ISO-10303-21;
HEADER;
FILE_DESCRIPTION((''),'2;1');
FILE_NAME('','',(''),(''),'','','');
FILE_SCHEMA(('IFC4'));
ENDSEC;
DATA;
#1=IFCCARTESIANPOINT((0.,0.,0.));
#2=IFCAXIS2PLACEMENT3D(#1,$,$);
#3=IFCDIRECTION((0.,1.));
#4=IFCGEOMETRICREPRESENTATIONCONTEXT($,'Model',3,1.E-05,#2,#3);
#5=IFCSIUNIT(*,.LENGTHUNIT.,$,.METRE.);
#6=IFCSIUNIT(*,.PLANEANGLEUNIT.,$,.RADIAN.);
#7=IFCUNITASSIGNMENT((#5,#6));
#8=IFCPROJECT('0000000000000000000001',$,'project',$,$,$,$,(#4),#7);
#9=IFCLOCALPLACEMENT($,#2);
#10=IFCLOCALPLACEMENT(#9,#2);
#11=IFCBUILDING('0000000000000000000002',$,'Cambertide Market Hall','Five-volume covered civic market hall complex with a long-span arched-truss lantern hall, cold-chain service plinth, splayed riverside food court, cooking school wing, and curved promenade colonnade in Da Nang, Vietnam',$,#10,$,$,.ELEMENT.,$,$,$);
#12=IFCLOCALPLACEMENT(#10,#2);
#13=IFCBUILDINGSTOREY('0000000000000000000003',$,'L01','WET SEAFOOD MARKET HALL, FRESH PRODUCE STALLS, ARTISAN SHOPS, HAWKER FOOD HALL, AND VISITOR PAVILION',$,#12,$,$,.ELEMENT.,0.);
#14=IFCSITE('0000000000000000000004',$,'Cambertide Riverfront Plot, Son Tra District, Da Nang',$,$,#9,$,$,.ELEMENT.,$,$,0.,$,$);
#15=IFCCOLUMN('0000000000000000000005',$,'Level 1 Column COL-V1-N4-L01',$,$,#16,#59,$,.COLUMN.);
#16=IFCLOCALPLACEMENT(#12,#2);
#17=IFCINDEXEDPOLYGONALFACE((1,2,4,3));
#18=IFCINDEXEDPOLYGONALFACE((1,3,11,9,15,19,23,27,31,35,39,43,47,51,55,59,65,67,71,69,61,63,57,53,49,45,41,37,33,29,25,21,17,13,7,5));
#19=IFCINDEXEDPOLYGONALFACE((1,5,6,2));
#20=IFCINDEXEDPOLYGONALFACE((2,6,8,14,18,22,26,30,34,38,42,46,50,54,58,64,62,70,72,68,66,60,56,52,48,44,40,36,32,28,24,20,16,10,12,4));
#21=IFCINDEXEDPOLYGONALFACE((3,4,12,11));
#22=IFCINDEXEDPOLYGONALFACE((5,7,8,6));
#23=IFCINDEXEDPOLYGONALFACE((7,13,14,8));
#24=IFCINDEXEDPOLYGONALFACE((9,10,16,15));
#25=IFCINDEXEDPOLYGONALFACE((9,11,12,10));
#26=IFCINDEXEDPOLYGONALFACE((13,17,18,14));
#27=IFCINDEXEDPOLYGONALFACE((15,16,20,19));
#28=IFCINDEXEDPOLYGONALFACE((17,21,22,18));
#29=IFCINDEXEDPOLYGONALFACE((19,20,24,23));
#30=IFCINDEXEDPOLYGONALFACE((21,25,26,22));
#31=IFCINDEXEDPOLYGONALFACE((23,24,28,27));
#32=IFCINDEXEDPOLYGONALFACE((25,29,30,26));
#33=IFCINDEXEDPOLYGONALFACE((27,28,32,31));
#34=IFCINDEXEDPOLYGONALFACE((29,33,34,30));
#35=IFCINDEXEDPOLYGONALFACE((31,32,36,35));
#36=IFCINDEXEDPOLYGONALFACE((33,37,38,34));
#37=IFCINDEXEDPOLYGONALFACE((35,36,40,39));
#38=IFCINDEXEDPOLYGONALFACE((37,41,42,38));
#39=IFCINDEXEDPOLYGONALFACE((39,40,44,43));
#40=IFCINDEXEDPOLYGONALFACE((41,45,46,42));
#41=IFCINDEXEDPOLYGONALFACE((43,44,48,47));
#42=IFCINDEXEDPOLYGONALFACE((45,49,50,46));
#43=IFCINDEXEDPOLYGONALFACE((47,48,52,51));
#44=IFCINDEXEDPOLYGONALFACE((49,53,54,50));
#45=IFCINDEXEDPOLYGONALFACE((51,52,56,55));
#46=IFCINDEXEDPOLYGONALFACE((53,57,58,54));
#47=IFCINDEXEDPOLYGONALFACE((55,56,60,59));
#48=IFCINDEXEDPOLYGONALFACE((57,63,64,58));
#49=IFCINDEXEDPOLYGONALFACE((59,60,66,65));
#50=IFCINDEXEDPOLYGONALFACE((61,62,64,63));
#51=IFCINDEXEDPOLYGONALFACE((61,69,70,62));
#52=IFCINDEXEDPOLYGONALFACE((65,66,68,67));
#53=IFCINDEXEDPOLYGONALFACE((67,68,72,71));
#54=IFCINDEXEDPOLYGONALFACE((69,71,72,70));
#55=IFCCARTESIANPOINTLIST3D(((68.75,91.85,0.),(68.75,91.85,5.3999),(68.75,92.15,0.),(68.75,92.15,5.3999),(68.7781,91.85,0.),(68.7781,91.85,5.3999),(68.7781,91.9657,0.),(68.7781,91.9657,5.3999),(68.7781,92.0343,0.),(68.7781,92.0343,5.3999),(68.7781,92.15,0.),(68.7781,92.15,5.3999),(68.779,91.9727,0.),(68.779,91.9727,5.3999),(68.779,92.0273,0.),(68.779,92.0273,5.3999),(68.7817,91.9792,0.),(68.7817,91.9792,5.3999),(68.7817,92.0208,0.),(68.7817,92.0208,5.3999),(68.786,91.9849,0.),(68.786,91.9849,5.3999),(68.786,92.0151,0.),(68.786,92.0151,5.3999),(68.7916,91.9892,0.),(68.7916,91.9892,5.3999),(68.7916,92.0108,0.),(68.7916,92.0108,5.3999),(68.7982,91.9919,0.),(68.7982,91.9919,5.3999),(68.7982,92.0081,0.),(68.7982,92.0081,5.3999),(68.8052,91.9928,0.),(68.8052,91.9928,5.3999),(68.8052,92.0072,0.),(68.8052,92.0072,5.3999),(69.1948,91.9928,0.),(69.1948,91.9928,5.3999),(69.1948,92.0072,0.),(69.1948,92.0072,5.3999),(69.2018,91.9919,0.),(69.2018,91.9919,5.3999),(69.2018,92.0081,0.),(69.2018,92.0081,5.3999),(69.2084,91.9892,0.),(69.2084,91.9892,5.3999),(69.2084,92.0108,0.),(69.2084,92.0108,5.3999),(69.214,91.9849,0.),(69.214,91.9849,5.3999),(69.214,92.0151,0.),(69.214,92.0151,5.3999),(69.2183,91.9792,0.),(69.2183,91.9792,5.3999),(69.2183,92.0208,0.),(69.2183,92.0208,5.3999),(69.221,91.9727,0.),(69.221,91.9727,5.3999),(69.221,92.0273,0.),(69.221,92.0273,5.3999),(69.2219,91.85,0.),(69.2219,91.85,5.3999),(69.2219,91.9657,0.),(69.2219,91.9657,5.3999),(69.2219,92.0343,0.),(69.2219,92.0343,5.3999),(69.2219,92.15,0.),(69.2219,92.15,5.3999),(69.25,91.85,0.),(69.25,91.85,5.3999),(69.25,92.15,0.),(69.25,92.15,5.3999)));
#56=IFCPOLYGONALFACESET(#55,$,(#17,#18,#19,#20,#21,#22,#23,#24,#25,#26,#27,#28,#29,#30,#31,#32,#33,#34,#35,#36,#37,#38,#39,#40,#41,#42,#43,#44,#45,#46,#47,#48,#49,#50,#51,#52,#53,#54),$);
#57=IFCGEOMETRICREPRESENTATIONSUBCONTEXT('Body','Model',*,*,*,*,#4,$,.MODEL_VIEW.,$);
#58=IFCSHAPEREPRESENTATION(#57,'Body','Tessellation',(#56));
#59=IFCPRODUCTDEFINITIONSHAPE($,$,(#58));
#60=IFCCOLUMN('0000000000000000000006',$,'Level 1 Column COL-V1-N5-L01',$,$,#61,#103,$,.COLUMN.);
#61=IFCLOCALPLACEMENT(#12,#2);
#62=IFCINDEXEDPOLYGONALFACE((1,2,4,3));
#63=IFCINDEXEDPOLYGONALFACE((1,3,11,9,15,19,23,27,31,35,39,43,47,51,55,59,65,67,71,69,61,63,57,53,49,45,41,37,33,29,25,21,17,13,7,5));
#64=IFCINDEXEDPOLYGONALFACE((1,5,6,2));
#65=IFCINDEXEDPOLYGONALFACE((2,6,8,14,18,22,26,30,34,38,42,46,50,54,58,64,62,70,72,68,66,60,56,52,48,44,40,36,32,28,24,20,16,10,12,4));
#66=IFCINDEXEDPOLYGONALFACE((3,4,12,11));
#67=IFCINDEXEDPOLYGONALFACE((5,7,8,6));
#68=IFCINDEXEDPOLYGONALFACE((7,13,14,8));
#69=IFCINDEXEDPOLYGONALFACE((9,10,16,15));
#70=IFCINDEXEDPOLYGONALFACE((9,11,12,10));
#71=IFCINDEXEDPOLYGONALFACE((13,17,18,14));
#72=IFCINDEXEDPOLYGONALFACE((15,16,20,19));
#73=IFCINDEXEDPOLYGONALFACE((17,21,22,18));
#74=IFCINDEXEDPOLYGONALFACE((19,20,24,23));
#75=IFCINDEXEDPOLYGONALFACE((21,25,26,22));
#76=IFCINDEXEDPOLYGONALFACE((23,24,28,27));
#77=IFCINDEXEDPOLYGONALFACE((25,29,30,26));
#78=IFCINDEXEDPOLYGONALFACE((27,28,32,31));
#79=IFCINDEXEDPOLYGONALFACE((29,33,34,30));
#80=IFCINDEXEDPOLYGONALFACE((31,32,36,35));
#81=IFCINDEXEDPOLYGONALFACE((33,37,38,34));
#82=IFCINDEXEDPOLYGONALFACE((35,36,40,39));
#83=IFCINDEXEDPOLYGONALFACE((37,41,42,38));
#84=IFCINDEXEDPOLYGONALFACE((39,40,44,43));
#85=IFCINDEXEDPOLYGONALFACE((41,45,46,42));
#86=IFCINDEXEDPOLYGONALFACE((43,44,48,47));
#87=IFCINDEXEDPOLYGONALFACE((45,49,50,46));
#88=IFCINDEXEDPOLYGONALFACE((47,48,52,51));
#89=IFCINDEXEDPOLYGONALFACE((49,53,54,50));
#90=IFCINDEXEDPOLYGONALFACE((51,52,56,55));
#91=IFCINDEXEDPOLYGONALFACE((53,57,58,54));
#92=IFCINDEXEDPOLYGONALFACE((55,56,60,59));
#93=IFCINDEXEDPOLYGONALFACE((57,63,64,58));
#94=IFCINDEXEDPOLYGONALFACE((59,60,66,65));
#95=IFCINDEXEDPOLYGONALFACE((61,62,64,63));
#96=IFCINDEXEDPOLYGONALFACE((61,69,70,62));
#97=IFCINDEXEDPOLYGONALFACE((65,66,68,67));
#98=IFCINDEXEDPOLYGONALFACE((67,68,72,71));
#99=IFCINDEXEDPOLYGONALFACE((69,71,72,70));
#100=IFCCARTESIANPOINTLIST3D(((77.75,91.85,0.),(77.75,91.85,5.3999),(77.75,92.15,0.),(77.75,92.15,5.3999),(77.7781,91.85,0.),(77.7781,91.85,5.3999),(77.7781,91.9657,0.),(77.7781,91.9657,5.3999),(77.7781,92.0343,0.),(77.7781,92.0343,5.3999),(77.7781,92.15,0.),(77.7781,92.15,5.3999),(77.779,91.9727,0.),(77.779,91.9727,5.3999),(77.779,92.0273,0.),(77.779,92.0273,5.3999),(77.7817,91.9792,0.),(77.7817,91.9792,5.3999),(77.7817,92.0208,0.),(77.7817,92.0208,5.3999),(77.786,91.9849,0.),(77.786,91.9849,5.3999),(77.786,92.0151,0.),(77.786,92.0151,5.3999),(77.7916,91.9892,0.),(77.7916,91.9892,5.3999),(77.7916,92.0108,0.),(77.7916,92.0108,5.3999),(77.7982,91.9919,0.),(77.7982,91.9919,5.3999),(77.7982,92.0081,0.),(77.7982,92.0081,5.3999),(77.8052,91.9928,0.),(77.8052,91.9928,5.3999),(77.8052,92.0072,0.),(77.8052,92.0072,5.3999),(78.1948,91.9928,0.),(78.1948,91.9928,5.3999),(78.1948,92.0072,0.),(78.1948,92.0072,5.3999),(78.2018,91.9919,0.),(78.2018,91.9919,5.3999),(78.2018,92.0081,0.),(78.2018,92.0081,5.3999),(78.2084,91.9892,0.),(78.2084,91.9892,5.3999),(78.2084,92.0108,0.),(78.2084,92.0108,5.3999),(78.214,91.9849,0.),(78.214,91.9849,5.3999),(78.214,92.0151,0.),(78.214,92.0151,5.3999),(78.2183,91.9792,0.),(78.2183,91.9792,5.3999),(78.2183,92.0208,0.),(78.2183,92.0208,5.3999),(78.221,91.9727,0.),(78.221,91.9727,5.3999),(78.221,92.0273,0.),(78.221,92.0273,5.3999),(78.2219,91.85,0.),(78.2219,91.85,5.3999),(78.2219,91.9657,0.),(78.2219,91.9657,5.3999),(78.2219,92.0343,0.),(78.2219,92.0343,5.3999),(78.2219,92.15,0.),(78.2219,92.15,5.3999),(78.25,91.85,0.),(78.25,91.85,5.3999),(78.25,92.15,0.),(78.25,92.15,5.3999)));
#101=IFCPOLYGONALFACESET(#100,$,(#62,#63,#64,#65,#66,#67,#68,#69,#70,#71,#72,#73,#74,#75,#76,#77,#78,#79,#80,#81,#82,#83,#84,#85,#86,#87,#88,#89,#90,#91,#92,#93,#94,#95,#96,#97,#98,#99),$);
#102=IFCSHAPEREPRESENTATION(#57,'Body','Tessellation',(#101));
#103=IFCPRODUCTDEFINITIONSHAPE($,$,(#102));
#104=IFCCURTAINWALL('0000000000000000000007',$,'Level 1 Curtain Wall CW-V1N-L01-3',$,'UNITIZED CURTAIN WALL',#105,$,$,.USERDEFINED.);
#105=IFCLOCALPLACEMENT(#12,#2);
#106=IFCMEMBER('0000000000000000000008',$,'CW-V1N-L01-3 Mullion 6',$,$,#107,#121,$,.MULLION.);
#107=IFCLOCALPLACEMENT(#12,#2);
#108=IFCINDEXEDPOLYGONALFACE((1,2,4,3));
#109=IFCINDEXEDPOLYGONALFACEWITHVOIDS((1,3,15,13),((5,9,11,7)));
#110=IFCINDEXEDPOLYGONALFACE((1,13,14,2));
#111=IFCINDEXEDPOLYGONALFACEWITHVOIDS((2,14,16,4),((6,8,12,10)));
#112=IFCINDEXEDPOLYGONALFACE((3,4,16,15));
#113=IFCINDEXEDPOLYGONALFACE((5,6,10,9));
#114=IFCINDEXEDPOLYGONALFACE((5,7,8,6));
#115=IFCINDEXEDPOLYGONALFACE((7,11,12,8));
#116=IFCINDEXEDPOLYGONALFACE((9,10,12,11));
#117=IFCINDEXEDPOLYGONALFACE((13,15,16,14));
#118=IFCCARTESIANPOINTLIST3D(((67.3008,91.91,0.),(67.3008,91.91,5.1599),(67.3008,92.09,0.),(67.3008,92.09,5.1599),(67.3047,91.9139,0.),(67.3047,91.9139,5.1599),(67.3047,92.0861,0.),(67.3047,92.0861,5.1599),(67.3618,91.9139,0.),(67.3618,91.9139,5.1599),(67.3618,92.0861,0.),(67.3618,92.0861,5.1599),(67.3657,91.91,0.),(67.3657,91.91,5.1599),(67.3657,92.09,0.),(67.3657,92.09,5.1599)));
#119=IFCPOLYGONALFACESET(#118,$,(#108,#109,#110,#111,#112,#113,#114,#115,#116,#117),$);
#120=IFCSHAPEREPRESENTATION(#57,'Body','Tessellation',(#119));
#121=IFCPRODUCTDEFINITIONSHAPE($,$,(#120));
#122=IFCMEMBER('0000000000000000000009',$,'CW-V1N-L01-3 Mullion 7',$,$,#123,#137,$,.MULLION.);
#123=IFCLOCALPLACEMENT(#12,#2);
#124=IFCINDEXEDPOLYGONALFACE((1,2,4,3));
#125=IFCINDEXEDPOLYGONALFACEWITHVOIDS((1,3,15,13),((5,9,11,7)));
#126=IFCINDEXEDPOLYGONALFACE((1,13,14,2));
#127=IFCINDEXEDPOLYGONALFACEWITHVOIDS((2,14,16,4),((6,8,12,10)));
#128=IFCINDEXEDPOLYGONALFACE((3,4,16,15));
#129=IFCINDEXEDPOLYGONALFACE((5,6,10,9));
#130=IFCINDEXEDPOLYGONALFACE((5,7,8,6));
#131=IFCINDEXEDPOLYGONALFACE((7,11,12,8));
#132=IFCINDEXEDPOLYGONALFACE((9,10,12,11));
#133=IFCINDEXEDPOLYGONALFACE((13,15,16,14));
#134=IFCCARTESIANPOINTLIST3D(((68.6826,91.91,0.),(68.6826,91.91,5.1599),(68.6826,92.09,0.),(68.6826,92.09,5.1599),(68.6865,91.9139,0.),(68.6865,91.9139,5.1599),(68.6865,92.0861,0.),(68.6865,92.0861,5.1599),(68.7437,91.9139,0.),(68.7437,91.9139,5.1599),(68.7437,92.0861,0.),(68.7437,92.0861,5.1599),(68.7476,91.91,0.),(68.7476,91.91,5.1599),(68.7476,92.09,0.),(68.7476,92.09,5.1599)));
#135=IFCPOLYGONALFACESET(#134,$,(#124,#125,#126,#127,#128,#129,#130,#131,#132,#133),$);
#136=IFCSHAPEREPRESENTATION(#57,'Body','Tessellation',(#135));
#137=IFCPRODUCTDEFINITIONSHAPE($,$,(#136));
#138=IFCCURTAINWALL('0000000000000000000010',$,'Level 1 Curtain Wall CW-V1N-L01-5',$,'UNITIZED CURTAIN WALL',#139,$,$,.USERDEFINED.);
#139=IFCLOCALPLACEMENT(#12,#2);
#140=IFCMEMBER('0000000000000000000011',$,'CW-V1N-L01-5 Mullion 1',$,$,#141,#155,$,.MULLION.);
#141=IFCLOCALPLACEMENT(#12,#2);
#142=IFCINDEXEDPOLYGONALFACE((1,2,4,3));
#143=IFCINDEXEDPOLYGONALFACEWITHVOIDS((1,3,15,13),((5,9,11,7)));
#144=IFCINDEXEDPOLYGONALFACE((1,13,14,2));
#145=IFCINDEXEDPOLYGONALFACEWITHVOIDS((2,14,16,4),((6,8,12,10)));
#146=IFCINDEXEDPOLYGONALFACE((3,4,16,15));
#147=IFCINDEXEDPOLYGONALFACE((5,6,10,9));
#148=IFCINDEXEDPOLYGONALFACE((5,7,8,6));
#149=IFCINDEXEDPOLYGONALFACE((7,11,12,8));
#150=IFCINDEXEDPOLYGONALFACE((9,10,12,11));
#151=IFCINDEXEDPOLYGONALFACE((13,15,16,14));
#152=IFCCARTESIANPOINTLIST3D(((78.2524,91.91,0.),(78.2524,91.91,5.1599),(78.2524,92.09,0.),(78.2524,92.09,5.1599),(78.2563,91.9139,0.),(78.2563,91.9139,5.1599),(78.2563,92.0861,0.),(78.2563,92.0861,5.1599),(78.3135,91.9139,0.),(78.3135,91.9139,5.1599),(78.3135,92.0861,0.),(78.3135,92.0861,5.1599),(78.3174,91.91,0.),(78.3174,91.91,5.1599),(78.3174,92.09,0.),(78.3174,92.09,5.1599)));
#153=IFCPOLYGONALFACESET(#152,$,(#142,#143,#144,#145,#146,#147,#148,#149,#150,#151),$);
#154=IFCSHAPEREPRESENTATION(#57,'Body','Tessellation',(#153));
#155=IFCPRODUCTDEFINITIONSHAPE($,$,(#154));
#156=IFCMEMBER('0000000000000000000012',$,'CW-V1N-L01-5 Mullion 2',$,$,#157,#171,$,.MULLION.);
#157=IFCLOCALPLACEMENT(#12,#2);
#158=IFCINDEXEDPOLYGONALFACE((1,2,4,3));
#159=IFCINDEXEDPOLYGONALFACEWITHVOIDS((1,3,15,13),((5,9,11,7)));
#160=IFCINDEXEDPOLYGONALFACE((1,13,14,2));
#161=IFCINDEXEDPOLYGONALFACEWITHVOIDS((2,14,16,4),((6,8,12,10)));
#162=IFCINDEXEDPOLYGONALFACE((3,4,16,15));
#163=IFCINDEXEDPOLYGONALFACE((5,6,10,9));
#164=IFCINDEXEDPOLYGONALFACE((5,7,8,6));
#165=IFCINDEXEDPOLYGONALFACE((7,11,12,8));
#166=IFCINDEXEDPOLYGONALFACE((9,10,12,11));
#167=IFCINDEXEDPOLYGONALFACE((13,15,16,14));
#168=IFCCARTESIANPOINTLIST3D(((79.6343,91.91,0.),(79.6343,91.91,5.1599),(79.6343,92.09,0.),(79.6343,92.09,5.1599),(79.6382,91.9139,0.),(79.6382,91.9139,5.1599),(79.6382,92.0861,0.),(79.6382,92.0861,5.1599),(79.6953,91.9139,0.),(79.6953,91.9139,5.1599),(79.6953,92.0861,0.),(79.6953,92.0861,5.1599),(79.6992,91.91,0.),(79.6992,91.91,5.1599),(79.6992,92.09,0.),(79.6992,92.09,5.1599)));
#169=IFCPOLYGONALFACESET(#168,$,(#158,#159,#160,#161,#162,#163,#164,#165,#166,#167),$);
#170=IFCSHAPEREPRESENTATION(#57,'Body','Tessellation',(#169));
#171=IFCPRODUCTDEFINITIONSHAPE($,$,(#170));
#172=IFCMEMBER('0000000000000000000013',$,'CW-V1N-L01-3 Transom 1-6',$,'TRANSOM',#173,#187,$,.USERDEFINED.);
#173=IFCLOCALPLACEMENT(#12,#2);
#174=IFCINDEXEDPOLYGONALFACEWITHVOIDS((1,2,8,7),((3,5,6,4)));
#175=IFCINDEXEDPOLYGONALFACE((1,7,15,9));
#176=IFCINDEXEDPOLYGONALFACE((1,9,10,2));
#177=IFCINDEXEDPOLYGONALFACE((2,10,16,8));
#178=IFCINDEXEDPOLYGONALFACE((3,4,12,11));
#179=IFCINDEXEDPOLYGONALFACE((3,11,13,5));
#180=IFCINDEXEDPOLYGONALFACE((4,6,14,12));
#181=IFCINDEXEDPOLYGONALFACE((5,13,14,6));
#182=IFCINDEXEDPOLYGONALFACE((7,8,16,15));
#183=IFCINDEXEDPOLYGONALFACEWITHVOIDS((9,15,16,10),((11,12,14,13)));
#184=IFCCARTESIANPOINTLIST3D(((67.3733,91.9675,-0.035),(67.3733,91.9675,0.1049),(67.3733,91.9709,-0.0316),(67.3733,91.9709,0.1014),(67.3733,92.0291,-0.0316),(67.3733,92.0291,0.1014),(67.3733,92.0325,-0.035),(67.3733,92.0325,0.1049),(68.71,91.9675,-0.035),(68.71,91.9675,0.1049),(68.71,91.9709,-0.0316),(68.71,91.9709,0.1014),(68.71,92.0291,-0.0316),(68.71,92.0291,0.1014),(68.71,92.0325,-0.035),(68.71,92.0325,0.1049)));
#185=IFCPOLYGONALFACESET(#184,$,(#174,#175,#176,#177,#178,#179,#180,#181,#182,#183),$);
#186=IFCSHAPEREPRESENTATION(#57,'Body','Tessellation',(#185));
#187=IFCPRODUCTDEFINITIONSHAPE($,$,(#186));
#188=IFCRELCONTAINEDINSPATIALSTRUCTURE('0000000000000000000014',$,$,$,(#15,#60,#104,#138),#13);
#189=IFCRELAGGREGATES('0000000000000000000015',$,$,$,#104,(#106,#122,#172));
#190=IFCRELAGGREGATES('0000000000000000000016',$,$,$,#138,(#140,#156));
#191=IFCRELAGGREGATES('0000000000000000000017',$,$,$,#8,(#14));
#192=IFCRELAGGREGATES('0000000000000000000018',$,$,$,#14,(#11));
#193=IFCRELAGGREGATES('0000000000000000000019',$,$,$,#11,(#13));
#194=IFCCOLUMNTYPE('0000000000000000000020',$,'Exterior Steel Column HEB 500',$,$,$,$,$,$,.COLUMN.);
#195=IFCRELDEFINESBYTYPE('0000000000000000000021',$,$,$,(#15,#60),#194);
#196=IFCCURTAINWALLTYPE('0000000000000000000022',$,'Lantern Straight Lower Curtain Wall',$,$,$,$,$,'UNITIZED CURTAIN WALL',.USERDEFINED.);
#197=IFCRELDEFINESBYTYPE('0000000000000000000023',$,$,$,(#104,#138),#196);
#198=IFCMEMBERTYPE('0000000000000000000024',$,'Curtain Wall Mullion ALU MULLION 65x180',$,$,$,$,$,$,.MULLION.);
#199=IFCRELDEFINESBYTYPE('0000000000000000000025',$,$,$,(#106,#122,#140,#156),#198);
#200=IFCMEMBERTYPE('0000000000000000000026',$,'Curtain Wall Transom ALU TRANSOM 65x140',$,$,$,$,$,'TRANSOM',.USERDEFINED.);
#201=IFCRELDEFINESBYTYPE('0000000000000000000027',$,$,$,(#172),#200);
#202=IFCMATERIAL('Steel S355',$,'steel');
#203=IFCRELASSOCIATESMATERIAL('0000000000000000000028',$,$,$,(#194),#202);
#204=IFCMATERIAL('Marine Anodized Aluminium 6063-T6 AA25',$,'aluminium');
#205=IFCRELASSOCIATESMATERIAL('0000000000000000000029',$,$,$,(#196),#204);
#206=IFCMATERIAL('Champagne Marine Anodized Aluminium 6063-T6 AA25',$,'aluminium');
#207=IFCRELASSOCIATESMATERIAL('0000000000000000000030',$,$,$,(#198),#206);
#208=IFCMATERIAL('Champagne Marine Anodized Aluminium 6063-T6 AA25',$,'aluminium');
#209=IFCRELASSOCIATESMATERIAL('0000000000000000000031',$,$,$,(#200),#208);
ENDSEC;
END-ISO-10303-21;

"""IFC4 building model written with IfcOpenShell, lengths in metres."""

from ifc_helpers import new_model, si_unit, direction, frame, origin, origin_2d, place, context, subcontext, project, spatial, hollow_rectangle, i_section, extrude, material, material_profile, profile_set, type_object, element, aggregate, save


model = new_model("IFC4")

# Units and contexts
model_context = context("Model", 3, precision=1e-05, world=origin(), true_north=direction((0.0, 1.0)))
body_context = subcontext(model_context, "Body", "Model", "MODEL_VIEW")
ifc_project = project(units=[si_unit("LENGTHUNIT", "METRE"), si_unit("PLANEANGLEUNIT", "RADIAN")], contexts=[model_context])

# Site, building, storey
site_placement = place(None, origin())
site = spatial("IfcSite", under=ifc_project, at=site_placement, Name="Cambertide Riverfront Plot, Son Tra District, Da Nang", CompositionType="ELEMENT", RefElevation=0.0)
building_placement = place(site_placement, origin())
building = spatial("IfcBuilding", under=site, at=building_placement, Name="Cambertide Market Hall", Description="Five-volume covered civic market hall complex with a long-span arched-truss lantern hall, cold-chain service plinth, splayed riverside food court, cooking school wing, and curved promenade colonnade in Da Nang, Vietnam", CompositionType="ELEMENT")
storey_placement = place(building_placement, origin())
storey = spatial("IfcBuildingStorey", under=building, at=storey_placement, Name="L01", Description="WET SEAFOOD MARKET HALL, FRESH PRODUCE STALLS, ARTISAN SHOPS, HAWKER FOOD HALL, AND VISITOR PAVILION", CompositionType="ELEMENT", Elevation=0.0)

# Columns
ifc_material_1 = material(Name="Steel S355", Category="steel")
ifc_material_profile_1 = material_profile(ifc_material_1, i_section(OverallWidth=0.3, OverallDepth=0.5, WebThickness=0.0144, FlangeThickness=0.0281, FilletRadius=0.0271, at=origin_2d()), Name="HEB 500")
ifc_profile_set_1 = profile_set([ifc_material_profile_1], Name="Steel S355")
column_type = type_object("IfcColumnType", Name="Exterior Steel Column HEB 500", PredefinedType="COLUMN", material=ifc_profile_set_1)
for number, where, z_axis, x_axis, name in (
    (1, (69.0, 92.0, 0.0), (0.0, 0.0, 1.0), (0.0, 1.0, 0.0), "Level 1 Column COL-V1-N4-L01"),
    (2, (78.0, 92.0, 0.0), (0.0, 0.0, 1.0), (0.0, 1.0, 0.0), "Level 1 Column COL-V1-N5-L01"),
):
    element("IfcColumn", number, at=place(storey_placement, frame(where, z_axis=z_axis, x_axis=x_axis)), inside=storey, type_object=column_type, Name=name, PredefinedType="COLUMN", context=body_context, shape_type="SweptSolid", body=[
        extrude(i_section(OverallWidth=0.3, OverallDepth=0.5, WebThickness=0.0144, FlangeThickness=0.0281, FilletRadius=0.0271, at=origin_2d()), origin(), (0.0, 0.0, 1.0), 5.3999),
    ])

# Curtain walls, members
ifc_material_2 = material(Name="Marine Anodized Aluminium 6063-T6 AA25", Category="aluminium")
curtain_wall_type = type_object("IfcCurtainWallType", Name="Lantern Straight Lower Curtain Wall", ElementType="UNITIZED CURTAIN WALL", PredefinedType="USERDEFINED", material=ifc_material_2)
curtain_wall_1_placement = place(storey_placement, origin())
curtain_wall_1 = element("IfcCurtainWall", 3, at=curtain_wall_1_placement, inside=storey, type_object=curtain_wall_type, Name="Level 1 Curtain Wall CW-V1N-L01-3", ObjectType="UNITIZED CURTAIN WALL", PredefinedType="USERDEFINED")
ifc_material_3 = material(Name="Champagne Marine Anodized Aluminium 6063-T6 AA25", Category="aluminium")
ifc_material_profile_2 = material_profile(ifc_material_3, hollow_rectangle(XDim=0.0649, YDim=0.1799, WallThickness=0.0039, at=origin_2d()), Name="ALU MULLION 65x180")
ifc_profile_set_2 = profile_set([ifc_material_profile_2], Name="Champagne Marine Anodized Aluminium 6063-T6 AA25")
member_type_1 = type_object("IfcMemberType", Name="Curtain Wall Mullion ALU MULLION 65x180", PredefinedType="MULLION", material=ifc_profile_set_2)
member_1_placement = place(storey_placement, frame((67.3333, 92.0, 0.0), z_axis=(0.0, 0.0, 1.0), x_axis=(1.0, 0.0, 0.0)))
member_1 = element("IfcMember", 4, at=member_1_placement, type_object=member_type_1, Name="CW-V1N-L01-3 Mullion 6", PredefinedType="MULLION", context=body_context, shape_type="SweptSolid", body=[
    extrude(hollow_rectangle(XDim=0.0649, YDim=0.1799, WallThickness=0.0039, at=origin_2d()), origin(), (0.0, 0.0, 1.0), 5.1599),
])
member_2_placement = place(storey_placement, frame((68.7151, 92.0, 0.0), z_axis=(0.0, 0.0, 1.0), x_axis=(1.0, 0.0, 0.0)))
member_2 = element("IfcMember", 5, at=member_2_placement, type_object=member_type_1, Name="CW-V1N-L01-3 Mullion 7", PredefinedType="MULLION", context=body_context, shape_type="SweptSolid", body=[
    extrude(hollow_rectangle(XDim=0.0649, YDim=0.1799, WallThickness=0.0039, at=origin_2d()), origin(), (0.0, 0.0, 1.0), 5.1599),
])
curtain_wall_2_placement = place(storey_placement, origin())
curtain_wall_2 = element("IfcCurtainWall", 6, at=curtain_wall_2_placement, inside=storey, type_object=curtain_wall_type, Name="Level 1 Curtain Wall CW-V1N-L01-5", ObjectType="UNITIZED CURTAIN WALL", PredefinedType="USERDEFINED")
member_3_placement = place(storey_placement, frame((78.2849, 92.0, 0.0), z_axis=(0.0, 0.0, 1.0), x_axis=(1.0, 0.0, 0.0)))
member_3 = element("IfcMember", 7, at=member_3_placement, type_object=member_type_1, Name="CW-V1N-L01-5 Mullion 1", PredefinedType="MULLION", context=body_context, shape_type="SweptSolid", body=[
    extrude(hollow_rectangle(XDim=0.0649, YDim=0.1799, WallThickness=0.0039, at=origin_2d()), origin(), (0.0, 0.0, 1.0), 5.1599),
])
member_4_placement = place(storey_placement, frame((79.6667, 92.0, 0.0), z_axis=(0.0, 0.0, 1.0), x_axis=(1.0, 0.0, 0.0)))
member_4 = element("IfcMember", 8, at=member_4_placement, type_object=member_type_1, Name="CW-V1N-L01-5 Mullion 2", PredefinedType="MULLION", context=body_context, shape_type="SweptSolid", body=[
    extrude(hollow_rectangle(XDim=0.0649, YDim=0.1799, WallThickness=0.0039, at=origin_2d()), origin(), (0.0, 0.0, 1.0), 5.1599),
])

# Member
ifc_material_4 = material(Name="Champagne Marine Anodized Aluminium 6063-T6 AA25", Category="aluminium")
ifc_material_profile_3 = material_profile(ifc_material_4, hollow_rectangle(XDim=0.0649, YDim=0.1399, WallThickness=0.0034, at=origin_2d()), Name="ALU TRANSOM 65x140")
ifc_profile_set_3 = profile_set([ifc_material_profile_3], Name="Champagne Marine Anodized Aluminium 6063-T6 AA25")
member_type_2 = type_object("IfcMemberType", Name="Curtain Wall Transom ALU TRANSOM 65x140", ElementType="TRANSOM", PredefinedType="USERDEFINED", material=ifc_profile_set_3)
member_5_placement = place(storey_placement, frame((67.3733, 92.0, 0.0349), z_axis=(1.0, 0.0, 0.0), x_axis=(0.0, 1.0, 0.0)))
member_5 = element("IfcMember", 9, at=member_5_placement, type_object=member_type_2, Name="CW-V1N-L01-3 Transom 1-6", ObjectType="TRANSOM", PredefinedType="USERDEFINED", context=body_context, shape_type="SweptSolid", body=[
    extrude(hollow_rectangle(XDim=0.0649, YDim=0.1399, WallThickness=0.0034, at=origin_2d()), origin(), (0.0, 0.0, 1.0), 1.3367),
])

aggregate(curtain_wall_1, [member_1, member_2, member_5])
aggregate(curtain_wall_2, [member_3, member_4])

save(model, "model.ifc")
